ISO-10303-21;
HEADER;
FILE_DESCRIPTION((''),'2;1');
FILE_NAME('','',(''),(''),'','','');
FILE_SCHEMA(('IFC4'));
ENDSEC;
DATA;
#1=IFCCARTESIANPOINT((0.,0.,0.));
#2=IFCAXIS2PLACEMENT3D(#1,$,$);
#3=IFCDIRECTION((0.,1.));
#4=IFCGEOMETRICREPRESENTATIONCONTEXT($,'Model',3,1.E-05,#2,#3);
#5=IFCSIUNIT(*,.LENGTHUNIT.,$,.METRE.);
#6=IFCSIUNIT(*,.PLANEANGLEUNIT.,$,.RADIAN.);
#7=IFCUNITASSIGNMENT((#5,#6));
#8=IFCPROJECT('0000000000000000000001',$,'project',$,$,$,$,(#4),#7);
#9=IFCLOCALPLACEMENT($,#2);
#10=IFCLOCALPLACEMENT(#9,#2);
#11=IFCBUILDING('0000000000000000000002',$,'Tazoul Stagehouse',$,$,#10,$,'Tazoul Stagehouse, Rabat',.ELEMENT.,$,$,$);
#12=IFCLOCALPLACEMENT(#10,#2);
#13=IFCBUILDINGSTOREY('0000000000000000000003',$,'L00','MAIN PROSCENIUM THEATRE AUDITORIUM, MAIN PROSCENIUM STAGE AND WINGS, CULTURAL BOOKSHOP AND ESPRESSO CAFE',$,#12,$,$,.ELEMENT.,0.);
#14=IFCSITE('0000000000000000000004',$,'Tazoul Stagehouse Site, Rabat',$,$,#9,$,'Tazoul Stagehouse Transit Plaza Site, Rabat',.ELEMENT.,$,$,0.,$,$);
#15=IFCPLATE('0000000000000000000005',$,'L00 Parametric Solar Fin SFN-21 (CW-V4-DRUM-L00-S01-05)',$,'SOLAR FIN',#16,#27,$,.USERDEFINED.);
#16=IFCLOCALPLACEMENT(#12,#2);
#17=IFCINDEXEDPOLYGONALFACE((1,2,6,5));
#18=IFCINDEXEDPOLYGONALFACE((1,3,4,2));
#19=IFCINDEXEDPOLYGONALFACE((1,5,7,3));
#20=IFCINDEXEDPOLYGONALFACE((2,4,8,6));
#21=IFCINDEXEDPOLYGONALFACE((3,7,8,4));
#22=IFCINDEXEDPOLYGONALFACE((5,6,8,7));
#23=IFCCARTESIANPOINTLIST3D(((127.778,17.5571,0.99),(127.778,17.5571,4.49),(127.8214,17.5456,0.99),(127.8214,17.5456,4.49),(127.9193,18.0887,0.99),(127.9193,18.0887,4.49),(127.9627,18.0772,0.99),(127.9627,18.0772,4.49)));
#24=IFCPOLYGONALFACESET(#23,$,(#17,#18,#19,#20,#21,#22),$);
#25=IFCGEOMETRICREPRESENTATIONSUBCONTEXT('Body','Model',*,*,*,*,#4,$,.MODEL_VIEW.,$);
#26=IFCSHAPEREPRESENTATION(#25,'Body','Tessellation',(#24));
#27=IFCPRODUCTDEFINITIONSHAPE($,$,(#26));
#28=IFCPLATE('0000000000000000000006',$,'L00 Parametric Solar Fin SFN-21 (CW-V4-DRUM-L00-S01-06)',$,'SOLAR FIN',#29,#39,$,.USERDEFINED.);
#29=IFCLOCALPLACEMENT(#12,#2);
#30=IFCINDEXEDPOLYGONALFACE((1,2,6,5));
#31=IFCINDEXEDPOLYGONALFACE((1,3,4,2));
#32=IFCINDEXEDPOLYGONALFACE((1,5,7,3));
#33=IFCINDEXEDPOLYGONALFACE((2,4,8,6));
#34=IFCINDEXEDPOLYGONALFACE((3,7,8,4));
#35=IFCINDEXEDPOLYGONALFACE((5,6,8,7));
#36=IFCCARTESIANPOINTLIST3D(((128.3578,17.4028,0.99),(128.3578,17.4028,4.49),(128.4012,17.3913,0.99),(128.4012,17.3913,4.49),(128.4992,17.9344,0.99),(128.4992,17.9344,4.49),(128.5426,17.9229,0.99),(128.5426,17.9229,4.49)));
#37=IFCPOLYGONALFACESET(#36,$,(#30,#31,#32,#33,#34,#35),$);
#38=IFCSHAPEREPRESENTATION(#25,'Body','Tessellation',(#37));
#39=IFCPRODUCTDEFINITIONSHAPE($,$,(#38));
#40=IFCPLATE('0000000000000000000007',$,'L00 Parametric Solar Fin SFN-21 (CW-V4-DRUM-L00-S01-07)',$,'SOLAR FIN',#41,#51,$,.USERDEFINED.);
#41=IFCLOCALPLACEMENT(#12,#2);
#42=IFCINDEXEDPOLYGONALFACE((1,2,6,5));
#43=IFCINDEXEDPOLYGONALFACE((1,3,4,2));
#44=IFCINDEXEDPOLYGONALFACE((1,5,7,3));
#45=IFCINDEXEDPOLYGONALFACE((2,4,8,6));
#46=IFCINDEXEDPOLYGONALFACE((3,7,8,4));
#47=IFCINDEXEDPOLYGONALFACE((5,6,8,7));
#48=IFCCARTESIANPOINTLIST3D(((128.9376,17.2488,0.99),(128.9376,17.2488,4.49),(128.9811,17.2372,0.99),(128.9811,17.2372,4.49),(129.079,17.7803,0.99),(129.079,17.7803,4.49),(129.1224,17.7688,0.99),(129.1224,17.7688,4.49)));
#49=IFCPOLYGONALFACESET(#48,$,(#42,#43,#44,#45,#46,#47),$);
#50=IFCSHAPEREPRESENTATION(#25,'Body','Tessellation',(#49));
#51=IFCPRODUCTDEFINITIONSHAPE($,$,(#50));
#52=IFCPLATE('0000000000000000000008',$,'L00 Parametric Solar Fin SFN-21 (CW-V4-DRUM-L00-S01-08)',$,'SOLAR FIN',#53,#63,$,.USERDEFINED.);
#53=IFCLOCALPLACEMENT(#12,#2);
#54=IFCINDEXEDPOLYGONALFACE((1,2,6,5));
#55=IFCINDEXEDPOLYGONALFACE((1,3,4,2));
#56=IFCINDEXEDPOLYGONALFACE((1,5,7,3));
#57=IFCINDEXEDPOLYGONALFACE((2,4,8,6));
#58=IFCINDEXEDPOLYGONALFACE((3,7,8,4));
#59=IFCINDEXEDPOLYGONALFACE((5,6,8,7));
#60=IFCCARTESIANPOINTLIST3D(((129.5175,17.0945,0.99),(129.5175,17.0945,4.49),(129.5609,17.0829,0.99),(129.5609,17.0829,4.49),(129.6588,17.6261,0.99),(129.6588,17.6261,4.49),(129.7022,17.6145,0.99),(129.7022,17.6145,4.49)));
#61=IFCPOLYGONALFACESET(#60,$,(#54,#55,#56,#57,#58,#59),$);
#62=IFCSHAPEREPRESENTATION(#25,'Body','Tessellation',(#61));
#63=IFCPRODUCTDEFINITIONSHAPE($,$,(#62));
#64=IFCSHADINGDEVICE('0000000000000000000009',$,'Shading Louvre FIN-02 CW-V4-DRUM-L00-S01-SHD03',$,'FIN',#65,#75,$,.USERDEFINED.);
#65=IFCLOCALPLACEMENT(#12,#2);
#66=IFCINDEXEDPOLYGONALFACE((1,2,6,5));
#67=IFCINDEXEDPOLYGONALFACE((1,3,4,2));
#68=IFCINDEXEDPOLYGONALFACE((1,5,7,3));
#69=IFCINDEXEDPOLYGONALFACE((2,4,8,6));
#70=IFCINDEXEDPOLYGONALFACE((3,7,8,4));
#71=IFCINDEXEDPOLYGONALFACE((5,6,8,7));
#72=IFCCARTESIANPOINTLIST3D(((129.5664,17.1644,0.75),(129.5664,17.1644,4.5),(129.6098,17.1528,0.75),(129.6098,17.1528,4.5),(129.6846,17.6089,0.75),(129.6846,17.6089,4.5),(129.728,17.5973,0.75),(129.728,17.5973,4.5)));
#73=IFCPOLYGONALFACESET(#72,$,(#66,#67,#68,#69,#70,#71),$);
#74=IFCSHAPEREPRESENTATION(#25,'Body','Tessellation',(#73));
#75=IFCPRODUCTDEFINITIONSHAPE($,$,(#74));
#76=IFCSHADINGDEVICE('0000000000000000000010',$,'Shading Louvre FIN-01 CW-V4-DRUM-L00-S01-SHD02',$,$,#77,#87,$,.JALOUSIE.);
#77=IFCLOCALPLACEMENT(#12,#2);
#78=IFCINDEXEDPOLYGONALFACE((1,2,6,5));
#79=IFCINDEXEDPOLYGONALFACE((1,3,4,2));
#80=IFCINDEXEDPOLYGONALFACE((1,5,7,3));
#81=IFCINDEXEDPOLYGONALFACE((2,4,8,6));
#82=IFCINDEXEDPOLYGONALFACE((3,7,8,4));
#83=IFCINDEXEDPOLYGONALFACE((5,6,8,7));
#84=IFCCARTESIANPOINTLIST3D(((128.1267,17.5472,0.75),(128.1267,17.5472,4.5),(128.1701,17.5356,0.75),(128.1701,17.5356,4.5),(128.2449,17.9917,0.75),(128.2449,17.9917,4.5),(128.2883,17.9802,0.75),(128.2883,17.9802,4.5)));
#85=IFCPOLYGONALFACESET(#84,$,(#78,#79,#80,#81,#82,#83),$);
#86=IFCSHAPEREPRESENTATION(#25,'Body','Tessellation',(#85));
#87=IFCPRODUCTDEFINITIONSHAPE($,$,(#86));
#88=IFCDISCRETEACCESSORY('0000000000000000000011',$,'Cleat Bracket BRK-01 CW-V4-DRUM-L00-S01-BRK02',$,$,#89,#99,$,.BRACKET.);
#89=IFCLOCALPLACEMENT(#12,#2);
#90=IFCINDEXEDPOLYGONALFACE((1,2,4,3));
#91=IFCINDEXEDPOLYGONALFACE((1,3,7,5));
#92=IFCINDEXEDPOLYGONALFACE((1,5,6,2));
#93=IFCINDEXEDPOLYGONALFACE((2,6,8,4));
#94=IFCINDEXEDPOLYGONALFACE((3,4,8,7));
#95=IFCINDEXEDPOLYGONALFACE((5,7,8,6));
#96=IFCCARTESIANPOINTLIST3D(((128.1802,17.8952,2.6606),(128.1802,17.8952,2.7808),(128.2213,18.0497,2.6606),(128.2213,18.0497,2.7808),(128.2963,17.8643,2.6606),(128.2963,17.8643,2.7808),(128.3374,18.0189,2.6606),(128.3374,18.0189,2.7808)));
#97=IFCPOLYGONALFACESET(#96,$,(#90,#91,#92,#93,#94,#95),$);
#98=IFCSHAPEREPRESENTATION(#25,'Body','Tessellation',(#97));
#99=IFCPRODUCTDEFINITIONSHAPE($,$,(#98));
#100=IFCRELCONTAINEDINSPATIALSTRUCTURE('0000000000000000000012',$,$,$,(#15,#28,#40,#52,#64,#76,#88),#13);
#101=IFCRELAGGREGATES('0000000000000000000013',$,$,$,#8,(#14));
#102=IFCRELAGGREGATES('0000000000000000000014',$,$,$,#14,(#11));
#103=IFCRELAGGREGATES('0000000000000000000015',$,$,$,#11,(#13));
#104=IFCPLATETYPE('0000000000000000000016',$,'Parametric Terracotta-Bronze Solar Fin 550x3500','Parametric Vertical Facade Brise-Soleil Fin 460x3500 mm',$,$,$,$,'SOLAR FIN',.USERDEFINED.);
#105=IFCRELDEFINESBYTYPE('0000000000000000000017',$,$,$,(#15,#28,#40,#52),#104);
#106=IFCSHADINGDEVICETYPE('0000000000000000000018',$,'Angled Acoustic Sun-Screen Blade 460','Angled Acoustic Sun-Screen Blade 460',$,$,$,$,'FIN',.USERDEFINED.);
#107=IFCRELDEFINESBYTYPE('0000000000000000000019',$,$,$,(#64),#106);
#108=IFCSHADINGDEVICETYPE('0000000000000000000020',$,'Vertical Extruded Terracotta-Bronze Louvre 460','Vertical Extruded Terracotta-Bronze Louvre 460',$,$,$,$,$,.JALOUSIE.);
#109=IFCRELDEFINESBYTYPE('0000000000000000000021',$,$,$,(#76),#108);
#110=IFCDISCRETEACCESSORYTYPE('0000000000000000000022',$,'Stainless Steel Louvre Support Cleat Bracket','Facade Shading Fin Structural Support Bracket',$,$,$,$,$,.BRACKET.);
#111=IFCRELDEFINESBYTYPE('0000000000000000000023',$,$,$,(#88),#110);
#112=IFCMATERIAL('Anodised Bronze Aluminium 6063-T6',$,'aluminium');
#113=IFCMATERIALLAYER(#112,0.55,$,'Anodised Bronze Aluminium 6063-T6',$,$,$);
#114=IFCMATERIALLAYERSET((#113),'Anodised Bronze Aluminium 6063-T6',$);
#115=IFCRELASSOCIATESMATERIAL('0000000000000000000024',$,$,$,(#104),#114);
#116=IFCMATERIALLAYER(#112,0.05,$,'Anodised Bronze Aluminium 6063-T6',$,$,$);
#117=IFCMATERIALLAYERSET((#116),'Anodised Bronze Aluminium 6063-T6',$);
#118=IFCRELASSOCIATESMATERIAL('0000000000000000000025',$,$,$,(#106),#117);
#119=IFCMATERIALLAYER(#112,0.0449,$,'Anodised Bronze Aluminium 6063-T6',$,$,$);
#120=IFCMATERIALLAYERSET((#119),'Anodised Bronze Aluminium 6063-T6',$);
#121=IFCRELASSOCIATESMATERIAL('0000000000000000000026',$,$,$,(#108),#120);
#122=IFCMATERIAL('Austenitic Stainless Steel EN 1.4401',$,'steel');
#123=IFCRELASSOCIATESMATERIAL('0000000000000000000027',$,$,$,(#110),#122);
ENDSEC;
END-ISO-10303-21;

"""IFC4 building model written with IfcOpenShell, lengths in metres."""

from ifc_helpers import new_model, si_unit, direction, frame, origin, origin_2d, place, context, subcontext, project, spatial, rectangle, extrude, material, layer, layer_set, type_object, element, save


model = new_model("IFC4")

# Units and contexts
model_context = context("Model", 3, precision=1e-05, world=origin(), true_north=direction((0.0, 1.0)))
body_context = subcontext(model_context, "Body", "Model", "MODEL_VIEW")
ifc_project = project(units=[si_unit("LENGTHUNIT", "METRE"), si_unit("PLANEANGLEUNIT", "RADIAN")], contexts=[model_context])

# Site, building, storey
site_placement = place(None, origin())
site = spatial("IfcSite", under=ifc_project, at=site_placement, Name="Tazoul Stagehouse Site, Rabat", LongName="Tazoul Stagehouse Transit Plaza Site, Rabat", CompositionType="ELEMENT", RefElevation=0.0)
building_placement = place(site_placement, origin())
building = spatial("IfcBuilding", under=site, at=building_placement, Name="Tazoul Stagehouse", LongName="Tazoul Stagehouse, Rabat", CompositionType="ELEMENT")
storey_placement = place(building_placement, origin())
storey = spatial("IfcBuildingStorey", under=building, at=storey_placement, Name="L00", Description="MAIN PROSCENIUM THEATRE AUDITORIUM, MAIN PROSCENIUM STAGE AND WINGS, CULTURAL BOOKSHOP AND ESPRESSO CAFE", CompositionType="ELEMENT", Elevation=0.0)

# Plates
ifc_material_1 = material(Name="Anodised Bronze Aluminium 6063-T6", Category="aluminium")
ifc_layer_1 = layer(ifc_material_1, 0.55, Name="Anodised Bronze Aluminium 6063-T6")
ifc_layer_set_1 = layer_set([ifc_layer_1], Name="Anodised Bronze Aluminium 6063-T6")
plate_type = type_object("IfcPlateType", Name="Parametric Terracotta-Bronze Solar Fin 550x3500", Description="Parametric Vertical Facade Brise-Soleil Fin 460x3500 mm", ElementType="SOLAR FIN", PredefinedType="USERDEFINED", material=ifc_layer_set_1)
for number, where, z_axis, x_axis, name in (
    (1, (127.8704, 17.8171, 0.99), (0.0, 0.0, 1.0), (0.966413, -0.256993, 0.0), "L00 Parametric Solar Fin SFN-21 (CW-V4-DRUM-L00-S01-05)"),
    (2, (128.4502, 17.6628, 0.99), (0.0, 0.0, 1.0), (0.966413, -0.256993, 0.0), "L00 Parametric Solar Fin SFN-21 (CW-V4-DRUM-L00-S01-06)"),
    (3, (129.03, 17.5088, 0.99), (0.0, 0.0, 1.0), (0.966413, -0.256993, 0.0), "L00 Parametric Solar Fin SFN-21 (CW-V4-DRUM-L00-S01-07)"),
    (4, (129.6099, 17.3545, 0.99), (0.0, 0.0, 1.0), (0.966413, -0.256993, 0.0), "L00 Parametric Solar Fin SFN-21 (CW-V4-DRUM-L00-S01-08)"),
):
    element("IfcPlate", number, at=place(storey_placement, frame(where, z_axis=z_axis, x_axis=x_axis)), inside=storey, type_object=plate_type, Name=name, ObjectType="SOLAR FIN", PredefinedType="USERDEFINED", context=body_context, shape_type="SweptSolid", body=[
        extrude(rectangle(XDim=0.0449, YDim=0.55, at=origin_2d()), origin(), (0.0, 0.0, 1.0), 3.5),
    ])

# Shading devices
ifc_layer_2 = layer(ifc_material_1, 0.05, Name="Anodised Bronze Aluminium 6063-T6")
ifc_layer_set_2 = layer_set([ifc_layer_2], Name="Anodised Bronze Aluminium 6063-T6")
shading_device_type_1 = type_object("IfcShadingDeviceType", Name="Angled Acoustic Sun-Screen Blade 460", Description="Angled Acoustic Sun-Screen Blade 460", ElementType="FIN", PredefinedType="USERDEFINED", material=ifc_layer_set_2)
shading_device_1_placement = place(storey_placement, frame((129.6472, 17.3809, 0.75), z_axis=(0.0, 0.0, 1.0), x_axis=(0.966413, -0.256993, 0.0)))
element("IfcShadingDevice", 5, at=shading_device_1_placement, inside=storey, type_object=shading_device_type_1, Name="Shading Louvre FIN-02 CW-V4-DRUM-L00-S01-SHD03", ObjectType="FIN", PredefinedType="USERDEFINED", context=body_context, shape_type="SweptSolid", body=[
    extrude(rectangle(XDim=0.0449, YDim=0.46, at=origin_2d()), origin(), (0.0, 0.0, 1.0), 3.75),
])
ifc_layer_3 = layer(ifc_material_1, 0.0449, Name="Anodised Bronze Aluminium 6063-T6")
ifc_layer_set_3 = layer_set([ifc_layer_3], Name="Anodised Bronze Aluminium 6063-T6")
shading_device_type_2 = type_object("IfcShadingDeviceType", Name="Vertical Extruded Terracotta-Bronze Louvre 460", Description="Vertical Extruded Terracotta-Bronze Louvre 460", PredefinedType="JALOUSIE", material=ifc_layer_set_3)
shading_device_2_placement = place(storey_placement, frame((128.2075, 17.7637, 0.75), z_axis=(0.0, 0.0, 1.0), x_axis=(0.966413, -0.256993, 0.0)))
element("IfcShadingDevice", 6, at=shading_device_2_placement, inside=storey, type_object=shading_device_type_2, Name="Shading Louvre FIN-01 CW-V4-DRUM-L00-S01-SHD02", PredefinedType="JALOUSIE", context=body_context, shape_type="SweptSolid", body=[
    extrude(rectangle(XDim=0.0449, YDim=0.46, at=origin_2d()), origin(), (0.0, 0.0, 1.0), 3.75),
])

# Discrete accessory
ifc_material_2 = material(Name="Austenitic Stainless Steel EN 1.4401", Category="steel")
discrete_accessory_type = type_object("IfcDiscreteAccessoryType", Name="Stainless Steel Louvre Support Cleat Bracket", Description="Facade Shading Fin Structural Support Bracket", PredefinedType="BRACKET", material=ifc_material_2)
discrete_accessory_placement = place(storey_placement, frame((128.2588, 17.957, 2.6606), z_axis=(0.0, 0.0, 1.0), x_axis=(0.966413, -0.256993, 0.0)))
element("IfcDiscreteAccessory", 7, at=discrete_accessory_placement, inside=storey, type_object=discrete_accessory_type, Name="Cleat Bracket BRK-01 CW-V4-DRUM-L00-S01-BRK02", PredefinedType="BRACKET", context=body_context, shape_type="SweptSolid", body=[
    extrude(rectangle(XDim=0.1201, YDim=0.1599, at=origin_2d()), origin(), (0.0, 0.0, 1.0), 0.1201),
])

save(model, "model.ifc")
